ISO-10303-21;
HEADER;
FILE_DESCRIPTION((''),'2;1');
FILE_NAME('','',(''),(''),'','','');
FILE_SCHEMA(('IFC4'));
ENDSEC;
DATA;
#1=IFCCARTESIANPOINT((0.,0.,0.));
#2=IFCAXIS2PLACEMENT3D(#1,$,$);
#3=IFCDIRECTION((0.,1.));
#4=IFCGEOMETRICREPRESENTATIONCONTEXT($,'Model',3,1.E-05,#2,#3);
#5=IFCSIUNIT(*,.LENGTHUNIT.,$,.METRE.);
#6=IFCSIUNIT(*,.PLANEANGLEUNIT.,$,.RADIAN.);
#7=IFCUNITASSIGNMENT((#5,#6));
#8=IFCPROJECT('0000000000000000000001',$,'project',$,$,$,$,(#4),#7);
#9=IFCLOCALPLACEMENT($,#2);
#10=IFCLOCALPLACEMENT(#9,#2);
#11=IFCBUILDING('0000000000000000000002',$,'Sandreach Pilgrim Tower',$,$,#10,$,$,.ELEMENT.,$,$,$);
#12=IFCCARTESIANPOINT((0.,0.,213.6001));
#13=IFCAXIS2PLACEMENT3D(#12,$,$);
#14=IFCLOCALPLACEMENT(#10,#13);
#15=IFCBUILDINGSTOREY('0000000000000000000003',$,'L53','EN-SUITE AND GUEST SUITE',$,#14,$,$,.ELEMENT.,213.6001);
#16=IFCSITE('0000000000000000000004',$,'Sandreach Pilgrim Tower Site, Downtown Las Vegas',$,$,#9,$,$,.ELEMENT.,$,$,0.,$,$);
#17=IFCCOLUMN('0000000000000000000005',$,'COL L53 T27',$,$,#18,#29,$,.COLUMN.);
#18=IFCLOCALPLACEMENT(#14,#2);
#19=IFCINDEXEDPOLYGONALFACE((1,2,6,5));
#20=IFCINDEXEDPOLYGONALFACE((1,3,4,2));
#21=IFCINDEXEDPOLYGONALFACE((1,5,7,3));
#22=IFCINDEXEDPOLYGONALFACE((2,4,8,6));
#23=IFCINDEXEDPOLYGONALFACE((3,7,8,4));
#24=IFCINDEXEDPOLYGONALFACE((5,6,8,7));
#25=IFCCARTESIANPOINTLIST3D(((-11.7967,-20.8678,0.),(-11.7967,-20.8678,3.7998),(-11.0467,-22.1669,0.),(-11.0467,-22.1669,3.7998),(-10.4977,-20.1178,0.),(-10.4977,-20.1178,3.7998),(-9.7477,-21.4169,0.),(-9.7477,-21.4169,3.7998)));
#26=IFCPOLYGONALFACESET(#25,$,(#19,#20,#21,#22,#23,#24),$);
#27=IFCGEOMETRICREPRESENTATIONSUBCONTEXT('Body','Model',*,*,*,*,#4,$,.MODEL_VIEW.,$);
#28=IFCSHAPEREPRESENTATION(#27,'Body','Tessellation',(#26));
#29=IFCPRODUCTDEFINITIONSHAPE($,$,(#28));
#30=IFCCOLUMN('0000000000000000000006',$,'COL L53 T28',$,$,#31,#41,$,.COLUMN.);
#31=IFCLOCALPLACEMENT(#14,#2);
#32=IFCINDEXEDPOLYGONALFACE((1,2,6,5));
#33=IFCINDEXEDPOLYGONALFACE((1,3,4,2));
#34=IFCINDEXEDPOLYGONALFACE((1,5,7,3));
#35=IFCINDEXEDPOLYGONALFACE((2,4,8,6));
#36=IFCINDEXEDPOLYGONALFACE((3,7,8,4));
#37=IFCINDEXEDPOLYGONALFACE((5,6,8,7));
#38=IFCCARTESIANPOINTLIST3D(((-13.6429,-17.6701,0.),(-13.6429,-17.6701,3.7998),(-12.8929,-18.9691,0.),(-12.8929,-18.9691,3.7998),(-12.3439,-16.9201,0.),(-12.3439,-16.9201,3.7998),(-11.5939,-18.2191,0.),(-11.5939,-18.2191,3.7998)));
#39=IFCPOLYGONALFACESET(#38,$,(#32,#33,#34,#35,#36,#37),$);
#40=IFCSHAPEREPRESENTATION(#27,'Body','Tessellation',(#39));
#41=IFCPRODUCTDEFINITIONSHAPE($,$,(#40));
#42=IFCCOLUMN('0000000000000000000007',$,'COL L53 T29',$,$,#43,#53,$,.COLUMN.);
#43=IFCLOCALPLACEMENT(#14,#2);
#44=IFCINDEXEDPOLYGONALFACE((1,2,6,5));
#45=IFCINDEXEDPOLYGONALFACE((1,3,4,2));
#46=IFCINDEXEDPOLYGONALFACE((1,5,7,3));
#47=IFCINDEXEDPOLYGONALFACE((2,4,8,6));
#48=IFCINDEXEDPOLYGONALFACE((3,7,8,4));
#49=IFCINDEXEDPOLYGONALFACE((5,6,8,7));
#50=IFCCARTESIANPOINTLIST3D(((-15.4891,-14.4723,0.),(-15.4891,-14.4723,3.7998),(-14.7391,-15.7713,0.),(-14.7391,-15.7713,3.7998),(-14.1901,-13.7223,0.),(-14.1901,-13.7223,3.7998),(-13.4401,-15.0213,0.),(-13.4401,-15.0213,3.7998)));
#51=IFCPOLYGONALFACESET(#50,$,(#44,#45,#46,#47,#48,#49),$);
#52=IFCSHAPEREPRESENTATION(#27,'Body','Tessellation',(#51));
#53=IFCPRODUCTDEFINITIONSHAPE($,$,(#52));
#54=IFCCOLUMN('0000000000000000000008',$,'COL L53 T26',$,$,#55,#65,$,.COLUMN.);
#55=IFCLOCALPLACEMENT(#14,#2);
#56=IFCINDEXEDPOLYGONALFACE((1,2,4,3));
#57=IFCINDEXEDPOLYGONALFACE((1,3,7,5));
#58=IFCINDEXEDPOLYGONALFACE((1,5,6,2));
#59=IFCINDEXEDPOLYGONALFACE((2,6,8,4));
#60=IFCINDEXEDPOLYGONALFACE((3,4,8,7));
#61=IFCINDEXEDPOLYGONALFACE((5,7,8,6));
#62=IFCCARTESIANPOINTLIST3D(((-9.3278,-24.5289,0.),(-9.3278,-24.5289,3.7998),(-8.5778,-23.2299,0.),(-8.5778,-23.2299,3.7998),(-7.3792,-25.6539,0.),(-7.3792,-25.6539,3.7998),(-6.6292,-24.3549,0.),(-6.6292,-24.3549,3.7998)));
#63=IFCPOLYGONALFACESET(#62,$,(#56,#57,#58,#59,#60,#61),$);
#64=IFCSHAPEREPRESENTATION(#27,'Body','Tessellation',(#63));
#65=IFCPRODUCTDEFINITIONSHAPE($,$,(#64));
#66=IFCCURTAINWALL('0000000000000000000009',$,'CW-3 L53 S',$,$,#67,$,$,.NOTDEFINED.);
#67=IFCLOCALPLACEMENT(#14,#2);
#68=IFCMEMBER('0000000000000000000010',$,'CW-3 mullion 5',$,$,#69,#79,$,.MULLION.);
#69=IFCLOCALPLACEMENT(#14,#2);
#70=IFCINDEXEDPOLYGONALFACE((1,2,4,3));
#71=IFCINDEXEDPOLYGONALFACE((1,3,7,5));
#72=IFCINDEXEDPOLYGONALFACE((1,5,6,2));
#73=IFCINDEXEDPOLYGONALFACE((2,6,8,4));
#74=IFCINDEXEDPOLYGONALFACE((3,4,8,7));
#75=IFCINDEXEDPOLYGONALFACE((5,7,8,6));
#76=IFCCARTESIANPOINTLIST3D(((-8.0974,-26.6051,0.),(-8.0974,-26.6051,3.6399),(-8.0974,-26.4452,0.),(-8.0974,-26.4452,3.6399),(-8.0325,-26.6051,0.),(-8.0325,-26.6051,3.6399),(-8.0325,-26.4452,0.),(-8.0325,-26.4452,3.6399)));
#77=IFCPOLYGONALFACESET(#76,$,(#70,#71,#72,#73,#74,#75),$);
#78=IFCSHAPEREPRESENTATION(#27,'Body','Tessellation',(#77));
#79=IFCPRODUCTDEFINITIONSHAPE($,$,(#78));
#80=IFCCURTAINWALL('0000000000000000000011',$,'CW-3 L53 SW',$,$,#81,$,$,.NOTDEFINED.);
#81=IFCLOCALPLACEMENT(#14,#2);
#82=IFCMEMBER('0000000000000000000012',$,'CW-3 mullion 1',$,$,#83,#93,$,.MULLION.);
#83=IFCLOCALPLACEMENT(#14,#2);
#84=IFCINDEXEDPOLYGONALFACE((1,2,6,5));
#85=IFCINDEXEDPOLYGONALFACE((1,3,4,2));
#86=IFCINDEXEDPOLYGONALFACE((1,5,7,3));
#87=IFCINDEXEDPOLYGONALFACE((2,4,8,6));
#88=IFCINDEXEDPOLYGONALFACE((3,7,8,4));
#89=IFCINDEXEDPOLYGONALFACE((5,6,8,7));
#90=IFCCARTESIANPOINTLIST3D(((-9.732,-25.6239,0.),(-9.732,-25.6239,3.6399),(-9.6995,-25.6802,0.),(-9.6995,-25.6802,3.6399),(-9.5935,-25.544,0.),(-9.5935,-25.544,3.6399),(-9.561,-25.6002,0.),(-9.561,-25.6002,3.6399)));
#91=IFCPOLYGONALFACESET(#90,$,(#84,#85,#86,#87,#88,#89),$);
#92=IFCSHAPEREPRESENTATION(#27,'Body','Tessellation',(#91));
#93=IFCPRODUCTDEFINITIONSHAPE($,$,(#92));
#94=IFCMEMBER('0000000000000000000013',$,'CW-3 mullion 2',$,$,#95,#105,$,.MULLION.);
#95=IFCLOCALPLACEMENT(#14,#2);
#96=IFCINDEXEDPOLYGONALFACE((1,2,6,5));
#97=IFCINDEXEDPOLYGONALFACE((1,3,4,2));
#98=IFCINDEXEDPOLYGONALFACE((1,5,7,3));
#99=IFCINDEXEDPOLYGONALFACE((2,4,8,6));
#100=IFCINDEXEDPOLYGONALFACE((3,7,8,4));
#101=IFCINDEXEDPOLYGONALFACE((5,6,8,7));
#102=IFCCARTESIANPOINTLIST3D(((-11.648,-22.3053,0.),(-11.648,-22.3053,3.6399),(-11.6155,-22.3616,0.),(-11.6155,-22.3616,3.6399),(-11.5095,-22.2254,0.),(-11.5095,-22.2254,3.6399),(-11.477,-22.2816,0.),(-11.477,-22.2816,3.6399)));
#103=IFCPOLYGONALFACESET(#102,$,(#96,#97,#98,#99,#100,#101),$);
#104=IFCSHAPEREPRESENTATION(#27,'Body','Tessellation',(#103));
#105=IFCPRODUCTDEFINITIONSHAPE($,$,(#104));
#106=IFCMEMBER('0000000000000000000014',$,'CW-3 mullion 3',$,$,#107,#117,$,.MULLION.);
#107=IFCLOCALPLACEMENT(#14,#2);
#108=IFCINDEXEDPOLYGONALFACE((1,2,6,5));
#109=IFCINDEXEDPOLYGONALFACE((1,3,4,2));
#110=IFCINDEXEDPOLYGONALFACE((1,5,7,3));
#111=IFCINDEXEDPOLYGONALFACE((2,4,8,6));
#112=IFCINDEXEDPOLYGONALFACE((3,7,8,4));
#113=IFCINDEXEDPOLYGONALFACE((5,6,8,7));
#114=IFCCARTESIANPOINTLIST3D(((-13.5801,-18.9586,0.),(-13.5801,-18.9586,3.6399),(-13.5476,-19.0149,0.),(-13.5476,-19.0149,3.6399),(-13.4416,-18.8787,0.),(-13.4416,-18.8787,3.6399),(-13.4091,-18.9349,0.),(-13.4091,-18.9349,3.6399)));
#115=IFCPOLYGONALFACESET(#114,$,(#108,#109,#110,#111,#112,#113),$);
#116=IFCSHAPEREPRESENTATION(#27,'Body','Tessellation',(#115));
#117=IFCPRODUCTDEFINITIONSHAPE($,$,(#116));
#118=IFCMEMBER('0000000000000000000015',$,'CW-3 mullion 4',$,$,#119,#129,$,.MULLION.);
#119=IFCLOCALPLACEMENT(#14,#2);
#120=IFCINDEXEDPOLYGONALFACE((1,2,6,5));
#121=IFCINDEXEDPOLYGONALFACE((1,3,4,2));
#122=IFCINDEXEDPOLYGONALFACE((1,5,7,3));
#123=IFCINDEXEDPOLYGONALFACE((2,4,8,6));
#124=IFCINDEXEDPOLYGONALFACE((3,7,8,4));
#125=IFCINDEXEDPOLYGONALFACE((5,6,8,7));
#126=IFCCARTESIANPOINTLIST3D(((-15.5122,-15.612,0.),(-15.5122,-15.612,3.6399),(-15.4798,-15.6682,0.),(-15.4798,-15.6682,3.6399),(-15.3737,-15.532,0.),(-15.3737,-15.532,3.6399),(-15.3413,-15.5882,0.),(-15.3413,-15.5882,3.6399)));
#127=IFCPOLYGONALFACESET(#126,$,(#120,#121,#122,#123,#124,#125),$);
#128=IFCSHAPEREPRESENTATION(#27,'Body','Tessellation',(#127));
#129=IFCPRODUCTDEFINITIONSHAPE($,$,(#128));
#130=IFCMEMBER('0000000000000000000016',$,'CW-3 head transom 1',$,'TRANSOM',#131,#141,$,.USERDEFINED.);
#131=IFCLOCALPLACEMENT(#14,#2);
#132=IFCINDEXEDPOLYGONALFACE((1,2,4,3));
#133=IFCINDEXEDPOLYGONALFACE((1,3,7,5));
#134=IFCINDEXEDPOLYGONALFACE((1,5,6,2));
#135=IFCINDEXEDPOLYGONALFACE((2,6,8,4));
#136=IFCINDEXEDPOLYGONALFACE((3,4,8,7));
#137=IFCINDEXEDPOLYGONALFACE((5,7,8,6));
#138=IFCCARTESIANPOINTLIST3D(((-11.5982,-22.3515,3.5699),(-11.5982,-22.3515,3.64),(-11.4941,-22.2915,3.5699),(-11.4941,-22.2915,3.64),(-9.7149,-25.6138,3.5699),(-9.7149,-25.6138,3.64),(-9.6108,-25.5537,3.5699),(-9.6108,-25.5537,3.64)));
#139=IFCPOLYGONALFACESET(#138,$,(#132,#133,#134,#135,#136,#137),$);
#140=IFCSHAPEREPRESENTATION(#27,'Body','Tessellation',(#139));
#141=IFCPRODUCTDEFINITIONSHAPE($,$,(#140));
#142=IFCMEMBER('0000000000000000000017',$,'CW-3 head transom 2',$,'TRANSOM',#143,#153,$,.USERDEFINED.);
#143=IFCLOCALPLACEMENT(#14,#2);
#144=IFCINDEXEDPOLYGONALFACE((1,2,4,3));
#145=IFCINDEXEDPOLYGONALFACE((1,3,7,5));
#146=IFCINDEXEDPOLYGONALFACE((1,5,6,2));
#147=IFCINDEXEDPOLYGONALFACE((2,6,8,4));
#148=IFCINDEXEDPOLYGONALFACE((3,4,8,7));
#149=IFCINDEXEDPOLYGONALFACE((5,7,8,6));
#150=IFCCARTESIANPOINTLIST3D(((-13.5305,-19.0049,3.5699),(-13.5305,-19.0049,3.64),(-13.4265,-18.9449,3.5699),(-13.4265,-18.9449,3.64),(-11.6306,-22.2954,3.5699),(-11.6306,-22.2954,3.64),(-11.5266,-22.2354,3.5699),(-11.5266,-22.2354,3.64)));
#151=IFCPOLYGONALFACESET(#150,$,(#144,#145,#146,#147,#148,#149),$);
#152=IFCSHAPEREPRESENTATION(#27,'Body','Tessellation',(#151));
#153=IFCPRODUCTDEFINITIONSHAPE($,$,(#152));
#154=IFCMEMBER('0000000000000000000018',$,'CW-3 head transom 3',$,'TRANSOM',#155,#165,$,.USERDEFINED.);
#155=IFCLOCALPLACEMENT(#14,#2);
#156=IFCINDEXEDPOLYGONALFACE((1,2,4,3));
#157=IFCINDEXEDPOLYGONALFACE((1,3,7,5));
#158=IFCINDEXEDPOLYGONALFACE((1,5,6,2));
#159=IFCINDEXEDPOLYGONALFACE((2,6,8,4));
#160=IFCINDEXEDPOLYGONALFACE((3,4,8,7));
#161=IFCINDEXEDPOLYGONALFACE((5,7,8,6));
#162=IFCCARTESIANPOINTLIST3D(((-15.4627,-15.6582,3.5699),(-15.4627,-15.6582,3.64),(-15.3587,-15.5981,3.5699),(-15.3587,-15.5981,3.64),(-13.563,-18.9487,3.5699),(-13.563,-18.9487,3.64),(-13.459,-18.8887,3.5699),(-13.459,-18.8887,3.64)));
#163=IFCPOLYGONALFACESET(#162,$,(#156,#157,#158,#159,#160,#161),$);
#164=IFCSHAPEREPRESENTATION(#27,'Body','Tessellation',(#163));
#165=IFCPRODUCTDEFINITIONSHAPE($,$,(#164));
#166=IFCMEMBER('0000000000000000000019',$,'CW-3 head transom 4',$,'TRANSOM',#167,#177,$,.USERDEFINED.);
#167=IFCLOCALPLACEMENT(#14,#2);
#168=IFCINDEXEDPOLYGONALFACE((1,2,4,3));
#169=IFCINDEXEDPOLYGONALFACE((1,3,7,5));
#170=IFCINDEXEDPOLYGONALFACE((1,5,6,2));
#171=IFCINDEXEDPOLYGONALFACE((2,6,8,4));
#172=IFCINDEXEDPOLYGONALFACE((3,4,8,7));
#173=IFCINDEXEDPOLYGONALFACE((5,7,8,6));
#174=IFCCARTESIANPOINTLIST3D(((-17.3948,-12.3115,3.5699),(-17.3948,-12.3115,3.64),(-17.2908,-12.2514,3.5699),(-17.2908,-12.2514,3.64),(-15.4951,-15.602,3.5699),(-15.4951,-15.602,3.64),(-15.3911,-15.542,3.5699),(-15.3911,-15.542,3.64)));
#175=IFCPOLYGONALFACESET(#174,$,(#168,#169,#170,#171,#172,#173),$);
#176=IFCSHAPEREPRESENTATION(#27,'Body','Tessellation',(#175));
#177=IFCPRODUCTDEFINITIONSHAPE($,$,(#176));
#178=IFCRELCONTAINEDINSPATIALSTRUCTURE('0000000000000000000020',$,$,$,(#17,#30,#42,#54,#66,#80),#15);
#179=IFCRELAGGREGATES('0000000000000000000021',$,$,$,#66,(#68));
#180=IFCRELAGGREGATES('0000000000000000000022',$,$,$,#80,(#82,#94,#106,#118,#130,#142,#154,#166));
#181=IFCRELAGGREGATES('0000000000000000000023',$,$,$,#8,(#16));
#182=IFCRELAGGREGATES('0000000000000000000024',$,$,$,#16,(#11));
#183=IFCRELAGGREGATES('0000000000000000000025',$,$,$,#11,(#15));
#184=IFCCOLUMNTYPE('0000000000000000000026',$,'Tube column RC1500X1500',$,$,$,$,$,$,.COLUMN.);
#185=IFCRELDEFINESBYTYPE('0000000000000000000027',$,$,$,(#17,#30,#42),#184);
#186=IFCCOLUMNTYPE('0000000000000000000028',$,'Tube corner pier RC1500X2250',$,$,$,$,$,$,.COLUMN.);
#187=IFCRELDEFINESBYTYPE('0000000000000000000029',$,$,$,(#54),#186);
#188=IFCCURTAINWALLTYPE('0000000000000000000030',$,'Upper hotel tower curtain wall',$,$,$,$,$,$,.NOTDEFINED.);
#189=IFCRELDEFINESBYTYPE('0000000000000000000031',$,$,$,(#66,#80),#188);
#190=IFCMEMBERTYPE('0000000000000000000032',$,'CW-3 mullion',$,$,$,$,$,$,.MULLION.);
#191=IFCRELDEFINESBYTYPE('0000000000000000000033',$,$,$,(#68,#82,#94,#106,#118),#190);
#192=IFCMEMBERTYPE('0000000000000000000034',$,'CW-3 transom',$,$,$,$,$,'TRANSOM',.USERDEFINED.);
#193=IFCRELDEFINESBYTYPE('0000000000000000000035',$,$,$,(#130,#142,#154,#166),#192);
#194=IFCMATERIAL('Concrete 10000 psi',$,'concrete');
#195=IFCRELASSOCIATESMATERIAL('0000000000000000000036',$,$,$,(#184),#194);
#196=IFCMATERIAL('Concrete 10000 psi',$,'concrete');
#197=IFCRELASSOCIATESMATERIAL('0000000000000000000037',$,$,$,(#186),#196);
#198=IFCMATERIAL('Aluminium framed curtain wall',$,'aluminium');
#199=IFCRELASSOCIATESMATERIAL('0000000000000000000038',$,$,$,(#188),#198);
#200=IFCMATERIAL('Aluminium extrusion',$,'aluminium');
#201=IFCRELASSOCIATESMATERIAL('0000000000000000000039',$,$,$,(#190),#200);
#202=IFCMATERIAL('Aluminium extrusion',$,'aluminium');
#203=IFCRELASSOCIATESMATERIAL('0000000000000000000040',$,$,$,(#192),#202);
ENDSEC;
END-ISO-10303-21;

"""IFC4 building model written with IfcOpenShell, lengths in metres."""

from ifc_helpers import new_model, si_unit, direction, frame, origin, origin_2d, place, context, subcontext, project, spatial, rectangle, extrude, material, material_profile, profile_set, type_object, element, aggregate, save


model = new_model("IFC4")

# Units and contexts
model_context = context("Model", 3, precision=1e-05, world=origin(), true_north=direction((0.0, 1.0)))
body_context = subcontext(model_context, "Body", "Model", "MODEL_VIEW")
ifc_project = project(units=[si_unit("LENGTHUNIT", "METRE"), si_unit("PLANEANGLEUNIT", "RADIAN")], contexts=[model_context])

# Site, building, storey
site_placement = place(None, origin())
site = spatial("IfcSite", under=ifc_project, at=site_placement, Name="Sandreach Pilgrim Tower Site, Downtown Las Vegas", CompositionType="ELEMENT", RefElevation=0.0)
building_placement = place(site_placement, origin())
building = spatial("IfcBuilding", under=site, at=building_placement, Name="Sandreach Pilgrim Tower", CompositionType="ELEMENT")
storey_placement = place(building_placement, frame((0.0, 0.0, 213.6001)))
storey = spatial("IfcBuildingStorey", under=building, at=storey_placement, Name="L53", Description="EN-SUITE AND GUEST SUITE", CompositionType="ELEMENT", Elevation=213.6001)

# Columns
ifc_material_1 = material(Name="Concrete 10000 psi", Category="concrete")
ifc_material_profile_1 = material_profile(ifc_material_1, rectangle(XDim=1.5, YDim=1.5, at=origin_2d()), Name="RC1500X1500")
ifc_profile_set_1 = profile_set([ifc_material_profile_1], Name="Concrete 10000 psi")
column_type_1 = type_object("IfcColumnType", Name="Tube column RC1500X1500", PredefinedType="COLUMN", material=ifc_profile_set_1)
for number, where, z_axis, x_axis, name in (
    (1, (-10.7722, -21.1423, 0.0), (0.0, 0.0, 1.0), (-0.866025, -0.5, 0.0), "COL L53 T27"),
    (2, (-12.6184, -17.9446, 0.0), (0.0, 0.0, 1.0), (-0.866025, -0.5, 0.0), "COL L53 T28"),
    (3, (-14.4646, -14.7468, 0.0), (0.0, 0.0, 1.0), (-0.866025, -0.5, 0.0), "COL L53 T29"),
):
    element("IfcColumn", number, at=place(storey_placement, frame(where, z_axis=z_axis, x_axis=x_axis)), inside=storey, type_object=column_type_1, Name=name, PredefinedType="COLUMN", context=body_context, shape_type="SweptSolid", body=[
        extrude(rectangle(XDim=1.5, YDim=1.5, at=origin_2d()), origin(), (0.0, 0.0, 1.0), 3.7998),
    ])
ifc_material_2 = material(Name="Concrete 10000 psi", Category="concrete")
ifc_material_profile_2 = material_profile(ifc_material_2, rectangle(XDim=1.5, YDim=2.25, at=origin_2d()), Name="RC1500X2250")
ifc_profile_set_2 = profile_set([ifc_material_profile_2], Name="Concrete 10000 psi")
column_type_2 = type_object("IfcColumnType", Name="Tube corner pier RC1500X2250", PredefinedType="COLUMN", material=ifc_profile_set_2)
column_placement = place(storey_placement, frame((-7.9785, -24.4419, 0.0), z_axis=(0.0, 0.0, 1.0), x_axis=(-0.5, -0.866025, 0.0)))
element("IfcColumn", 4, at=column_placement, inside=storey, type_object=column_type_2, Name="COL L53 T26", PredefinedType="COLUMN", context=body_context, shape_type="SweptSolid", body=[
    extrude(rectangle(XDim=1.5, YDim=2.25, at=origin_2d()), origin(), (0.0, 0.0, 1.0), 3.7998),
])

# Curtain wall, member
ifc_material_3 = material(Name="Aluminium framed curtain wall", Category="aluminium")
curtain_wall_type = type_object("IfcCurtainWallType", Name="Upper hotel tower curtain wall", PredefinedType="NOTDEFINED", material=ifc_material_3)
curtain_wall_1_placement = place(storey_placement, origin())
curtain_wall_1 = element("IfcCurtainWall", 5, at=curtain_wall_1_placement, inside=storey, type_object=curtain_wall_type, Name="CW-3 L53 S", PredefinedType="NOTDEFINED")
ifc_material_4 = material(Name="Aluminium extrusion", Category="aluminium")
ifc_material_profile_3 = material_profile(ifc_material_4, rectangle(XDim=0.0649, YDim=0.1599, at=origin_2d()), Name="CW-3M 65X160")
ifc_profile_set_3 = profile_set([ifc_material_profile_3], Name="Aluminium extrusion")
member_type_1 = type_object("IfcMemberType", Name="CW-3 mullion", PredefinedType="MULLION", material=ifc_profile_set_3)
member_1_placement = place(storey_placement, frame((-8.0649, -26.5251, 0.0), z_axis=(0.0, 0.0, 1.0), x_axis=(-1.0, 0.0, 0.0)))
member_1 = element("IfcMember", 6, at=member_1_placement, type_object=member_type_1, Name="CW-3 mullion 5", PredefinedType="MULLION", context=body_context, shape_type="SweptSolid", body=[
    extrude(rectangle(XDim=0.0649, YDim=0.1599, at=origin_2d()), origin(), (0.0, 0.0, 1.0), 3.6399),
])
aggregate(curtain_wall_1, [member_1])

# Curtain wall, members
curtain_wall_2_placement = place(storey_placement, origin())
curtain_wall_2 = element("IfcCurtainWall", 7, at=curtain_wall_2_placement, inside=storey, type_object=curtain_wall_type, Name="CW-3 L53 SW", PredefinedType="NOTDEFINED")
member_2_placement = place(storey_placement, frame((-9.6465, -25.6121, 0.0), z_axis=(0.0, 0.0, 1.0), x_axis=(-0.5, 0.866025, 0.0)))
member_2 = element("IfcMember", 8, at=member_2_placement, type_object=member_type_1, Name="CW-3 mullion 1", PredefinedType="MULLION", context=body_context, shape_type="SweptSolid", body=[
    extrude(rectangle(XDim=0.0649, YDim=0.1599, at=origin_2d()), origin(), (0.0, 0.0, 1.0), 3.6399),
])
member_3_placement = place(storey_placement, frame((-11.5625, -22.2935, 0.0), z_axis=(0.0, 0.0, 1.0), x_axis=(-0.5, 0.866025, 0.0)))
member_3 = element("IfcMember", 9, at=member_3_placement, type_object=member_type_1, Name="CW-3 mullion 2", PredefinedType="MULLION", context=body_context, shape_type="SweptSolid", body=[
    extrude(rectangle(XDim=0.0649, YDim=0.1599, at=origin_2d()), origin(), (0.0, 0.0, 1.0), 3.6399),
])
member_4_placement = place(storey_placement, frame((-13.4946, -18.9468, 0.0), z_axis=(0.0, 0.0, 1.0), x_axis=(-0.5, 0.866025, 0.0)))
member_4 = element("IfcMember", 10, at=member_4_placement, type_object=member_type_1, Name="CW-3 mullion 3", PredefinedType="MULLION", context=body_context, shape_type="SweptSolid", body=[
    extrude(rectangle(XDim=0.0649, YDim=0.1599, at=origin_2d()), origin(), (0.0, 0.0, 1.0), 3.6399),
])
member_5_placement = place(storey_placement, frame((-15.4268, -15.6001, 0.0), z_axis=(0.0, 0.0, 1.0), x_axis=(-0.5, 0.866025, 0.0)))
member_5 = element("IfcMember", 11, at=member_5_placement, type_object=member_type_1, Name="CW-3 mullion 4", PredefinedType="MULLION", context=body_context, shape_type="SweptSolid", body=[
    extrude(rectangle(XDim=0.0649, YDim=0.1599, at=origin_2d()), origin(), (0.0, 0.0, 1.0), 3.6399),
])
ifc_material_5 = material(Name="Aluminium extrusion", Category="aluminium")
ifc_material_profile_4 = material_profile(ifc_material_5, rectangle(XDim=0.1201, YDim=0.0701, at=origin_2d()), Name="CW-3T 120X70")
ifc_profile_set_4 = profile_set([ifc_material_profile_4], Name="Aluminium extrusion")
member_type_2 = type_object("IfcMemberType", Name="CW-3 transom", ElementType="TRANSOM", PredefinedType="USERDEFINED", material=ifc_profile_set_4)
member_6_placement = place(storey_placement, frame((-9.6628, -25.5837, 3.605), z_axis=(-0.499973, 0.866041, 0.0), x_axis=(-0.866041, -0.499973, 0.0)))
member_6 = element("IfcMember", 12, at=member_6_placement, type_object=member_type_2, Name="CW-3 head transom 1", ObjectType="TRANSOM", PredefinedType="USERDEFINED", context=body_context, shape_type="SweptSolid", body=[
    extrude(rectangle(XDim=0.1201, YDim=0.0701, at=origin_2d()), origin(), (0.0, 0.0, 1.0), 3.7668),
])
member_7_placement = place(storey_placement, frame((-11.5786, -22.2654, 3.605), z_axis=(-0.500023, 0.866012, 0.0), x_axis=(-0.866012, -0.500023, 0.0)))
member_7 = element("IfcMember", 13, at=member_7_placement, type_object=member_type_2, Name="CW-3 head transom 2", ObjectType="TRANSOM", PredefinedType="USERDEFINED", context=body_context, shape_type="SweptSolid", body=[
    extrude(rectangle(XDim=0.1201, YDim=0.0701, at=origin_2d()), origin(), (0.0, 0.0, 1.0), 3.7996),
])
member_8_placement = place(storey_placement, frame((-13.511, -18.9187, 3.605), z_axis=(-0.499975, 0.86604, 0.0), x_axis=(-0.86604, -0.499975, 0.0)))
member_8 = element("IfcMember", 14, at=member_8_placement, type_object=member_type_2, Name="CW-3 head transom 3", ObjectType="TRANSOM", PredefinedType="USERDEFINED", context=body_context, shape_type="SweptSolid", body=[
    extrude(rectangle(XDim=0.1201, YDim=0.0701, at=origin_2d()), origin(), (0.0, 0.0, 1.0), 3.7996),
])
member_9_placement = place(storey_placement, frame((-15.4431, -15.572, 3.605), z_axis=(-0.499975, 0.86604, 0.0), x_axis=(-0.86604, -0.499975, 0.0)))
member_9 = element("IfcMember", 15, at=member_9_placement, type_object=member_type_2, Name="CW-3 head transom 4", ObjectType="TRANSOM", PredefinedType="USERDEFINED", context=body_context, shape_type="SweptSolid", body=[
    extrude(rectangle(XDim=0.1201, YDim=0.0701, at=origin_2d()), origin(), (0.0, 0.0, 1.0), 3.7996),
])

aggregate(curtain_wall_2, [member_2, member_3, member_4, member_5, member_6, member_7, member_8, member_9])

save(model, "model.ifc")
